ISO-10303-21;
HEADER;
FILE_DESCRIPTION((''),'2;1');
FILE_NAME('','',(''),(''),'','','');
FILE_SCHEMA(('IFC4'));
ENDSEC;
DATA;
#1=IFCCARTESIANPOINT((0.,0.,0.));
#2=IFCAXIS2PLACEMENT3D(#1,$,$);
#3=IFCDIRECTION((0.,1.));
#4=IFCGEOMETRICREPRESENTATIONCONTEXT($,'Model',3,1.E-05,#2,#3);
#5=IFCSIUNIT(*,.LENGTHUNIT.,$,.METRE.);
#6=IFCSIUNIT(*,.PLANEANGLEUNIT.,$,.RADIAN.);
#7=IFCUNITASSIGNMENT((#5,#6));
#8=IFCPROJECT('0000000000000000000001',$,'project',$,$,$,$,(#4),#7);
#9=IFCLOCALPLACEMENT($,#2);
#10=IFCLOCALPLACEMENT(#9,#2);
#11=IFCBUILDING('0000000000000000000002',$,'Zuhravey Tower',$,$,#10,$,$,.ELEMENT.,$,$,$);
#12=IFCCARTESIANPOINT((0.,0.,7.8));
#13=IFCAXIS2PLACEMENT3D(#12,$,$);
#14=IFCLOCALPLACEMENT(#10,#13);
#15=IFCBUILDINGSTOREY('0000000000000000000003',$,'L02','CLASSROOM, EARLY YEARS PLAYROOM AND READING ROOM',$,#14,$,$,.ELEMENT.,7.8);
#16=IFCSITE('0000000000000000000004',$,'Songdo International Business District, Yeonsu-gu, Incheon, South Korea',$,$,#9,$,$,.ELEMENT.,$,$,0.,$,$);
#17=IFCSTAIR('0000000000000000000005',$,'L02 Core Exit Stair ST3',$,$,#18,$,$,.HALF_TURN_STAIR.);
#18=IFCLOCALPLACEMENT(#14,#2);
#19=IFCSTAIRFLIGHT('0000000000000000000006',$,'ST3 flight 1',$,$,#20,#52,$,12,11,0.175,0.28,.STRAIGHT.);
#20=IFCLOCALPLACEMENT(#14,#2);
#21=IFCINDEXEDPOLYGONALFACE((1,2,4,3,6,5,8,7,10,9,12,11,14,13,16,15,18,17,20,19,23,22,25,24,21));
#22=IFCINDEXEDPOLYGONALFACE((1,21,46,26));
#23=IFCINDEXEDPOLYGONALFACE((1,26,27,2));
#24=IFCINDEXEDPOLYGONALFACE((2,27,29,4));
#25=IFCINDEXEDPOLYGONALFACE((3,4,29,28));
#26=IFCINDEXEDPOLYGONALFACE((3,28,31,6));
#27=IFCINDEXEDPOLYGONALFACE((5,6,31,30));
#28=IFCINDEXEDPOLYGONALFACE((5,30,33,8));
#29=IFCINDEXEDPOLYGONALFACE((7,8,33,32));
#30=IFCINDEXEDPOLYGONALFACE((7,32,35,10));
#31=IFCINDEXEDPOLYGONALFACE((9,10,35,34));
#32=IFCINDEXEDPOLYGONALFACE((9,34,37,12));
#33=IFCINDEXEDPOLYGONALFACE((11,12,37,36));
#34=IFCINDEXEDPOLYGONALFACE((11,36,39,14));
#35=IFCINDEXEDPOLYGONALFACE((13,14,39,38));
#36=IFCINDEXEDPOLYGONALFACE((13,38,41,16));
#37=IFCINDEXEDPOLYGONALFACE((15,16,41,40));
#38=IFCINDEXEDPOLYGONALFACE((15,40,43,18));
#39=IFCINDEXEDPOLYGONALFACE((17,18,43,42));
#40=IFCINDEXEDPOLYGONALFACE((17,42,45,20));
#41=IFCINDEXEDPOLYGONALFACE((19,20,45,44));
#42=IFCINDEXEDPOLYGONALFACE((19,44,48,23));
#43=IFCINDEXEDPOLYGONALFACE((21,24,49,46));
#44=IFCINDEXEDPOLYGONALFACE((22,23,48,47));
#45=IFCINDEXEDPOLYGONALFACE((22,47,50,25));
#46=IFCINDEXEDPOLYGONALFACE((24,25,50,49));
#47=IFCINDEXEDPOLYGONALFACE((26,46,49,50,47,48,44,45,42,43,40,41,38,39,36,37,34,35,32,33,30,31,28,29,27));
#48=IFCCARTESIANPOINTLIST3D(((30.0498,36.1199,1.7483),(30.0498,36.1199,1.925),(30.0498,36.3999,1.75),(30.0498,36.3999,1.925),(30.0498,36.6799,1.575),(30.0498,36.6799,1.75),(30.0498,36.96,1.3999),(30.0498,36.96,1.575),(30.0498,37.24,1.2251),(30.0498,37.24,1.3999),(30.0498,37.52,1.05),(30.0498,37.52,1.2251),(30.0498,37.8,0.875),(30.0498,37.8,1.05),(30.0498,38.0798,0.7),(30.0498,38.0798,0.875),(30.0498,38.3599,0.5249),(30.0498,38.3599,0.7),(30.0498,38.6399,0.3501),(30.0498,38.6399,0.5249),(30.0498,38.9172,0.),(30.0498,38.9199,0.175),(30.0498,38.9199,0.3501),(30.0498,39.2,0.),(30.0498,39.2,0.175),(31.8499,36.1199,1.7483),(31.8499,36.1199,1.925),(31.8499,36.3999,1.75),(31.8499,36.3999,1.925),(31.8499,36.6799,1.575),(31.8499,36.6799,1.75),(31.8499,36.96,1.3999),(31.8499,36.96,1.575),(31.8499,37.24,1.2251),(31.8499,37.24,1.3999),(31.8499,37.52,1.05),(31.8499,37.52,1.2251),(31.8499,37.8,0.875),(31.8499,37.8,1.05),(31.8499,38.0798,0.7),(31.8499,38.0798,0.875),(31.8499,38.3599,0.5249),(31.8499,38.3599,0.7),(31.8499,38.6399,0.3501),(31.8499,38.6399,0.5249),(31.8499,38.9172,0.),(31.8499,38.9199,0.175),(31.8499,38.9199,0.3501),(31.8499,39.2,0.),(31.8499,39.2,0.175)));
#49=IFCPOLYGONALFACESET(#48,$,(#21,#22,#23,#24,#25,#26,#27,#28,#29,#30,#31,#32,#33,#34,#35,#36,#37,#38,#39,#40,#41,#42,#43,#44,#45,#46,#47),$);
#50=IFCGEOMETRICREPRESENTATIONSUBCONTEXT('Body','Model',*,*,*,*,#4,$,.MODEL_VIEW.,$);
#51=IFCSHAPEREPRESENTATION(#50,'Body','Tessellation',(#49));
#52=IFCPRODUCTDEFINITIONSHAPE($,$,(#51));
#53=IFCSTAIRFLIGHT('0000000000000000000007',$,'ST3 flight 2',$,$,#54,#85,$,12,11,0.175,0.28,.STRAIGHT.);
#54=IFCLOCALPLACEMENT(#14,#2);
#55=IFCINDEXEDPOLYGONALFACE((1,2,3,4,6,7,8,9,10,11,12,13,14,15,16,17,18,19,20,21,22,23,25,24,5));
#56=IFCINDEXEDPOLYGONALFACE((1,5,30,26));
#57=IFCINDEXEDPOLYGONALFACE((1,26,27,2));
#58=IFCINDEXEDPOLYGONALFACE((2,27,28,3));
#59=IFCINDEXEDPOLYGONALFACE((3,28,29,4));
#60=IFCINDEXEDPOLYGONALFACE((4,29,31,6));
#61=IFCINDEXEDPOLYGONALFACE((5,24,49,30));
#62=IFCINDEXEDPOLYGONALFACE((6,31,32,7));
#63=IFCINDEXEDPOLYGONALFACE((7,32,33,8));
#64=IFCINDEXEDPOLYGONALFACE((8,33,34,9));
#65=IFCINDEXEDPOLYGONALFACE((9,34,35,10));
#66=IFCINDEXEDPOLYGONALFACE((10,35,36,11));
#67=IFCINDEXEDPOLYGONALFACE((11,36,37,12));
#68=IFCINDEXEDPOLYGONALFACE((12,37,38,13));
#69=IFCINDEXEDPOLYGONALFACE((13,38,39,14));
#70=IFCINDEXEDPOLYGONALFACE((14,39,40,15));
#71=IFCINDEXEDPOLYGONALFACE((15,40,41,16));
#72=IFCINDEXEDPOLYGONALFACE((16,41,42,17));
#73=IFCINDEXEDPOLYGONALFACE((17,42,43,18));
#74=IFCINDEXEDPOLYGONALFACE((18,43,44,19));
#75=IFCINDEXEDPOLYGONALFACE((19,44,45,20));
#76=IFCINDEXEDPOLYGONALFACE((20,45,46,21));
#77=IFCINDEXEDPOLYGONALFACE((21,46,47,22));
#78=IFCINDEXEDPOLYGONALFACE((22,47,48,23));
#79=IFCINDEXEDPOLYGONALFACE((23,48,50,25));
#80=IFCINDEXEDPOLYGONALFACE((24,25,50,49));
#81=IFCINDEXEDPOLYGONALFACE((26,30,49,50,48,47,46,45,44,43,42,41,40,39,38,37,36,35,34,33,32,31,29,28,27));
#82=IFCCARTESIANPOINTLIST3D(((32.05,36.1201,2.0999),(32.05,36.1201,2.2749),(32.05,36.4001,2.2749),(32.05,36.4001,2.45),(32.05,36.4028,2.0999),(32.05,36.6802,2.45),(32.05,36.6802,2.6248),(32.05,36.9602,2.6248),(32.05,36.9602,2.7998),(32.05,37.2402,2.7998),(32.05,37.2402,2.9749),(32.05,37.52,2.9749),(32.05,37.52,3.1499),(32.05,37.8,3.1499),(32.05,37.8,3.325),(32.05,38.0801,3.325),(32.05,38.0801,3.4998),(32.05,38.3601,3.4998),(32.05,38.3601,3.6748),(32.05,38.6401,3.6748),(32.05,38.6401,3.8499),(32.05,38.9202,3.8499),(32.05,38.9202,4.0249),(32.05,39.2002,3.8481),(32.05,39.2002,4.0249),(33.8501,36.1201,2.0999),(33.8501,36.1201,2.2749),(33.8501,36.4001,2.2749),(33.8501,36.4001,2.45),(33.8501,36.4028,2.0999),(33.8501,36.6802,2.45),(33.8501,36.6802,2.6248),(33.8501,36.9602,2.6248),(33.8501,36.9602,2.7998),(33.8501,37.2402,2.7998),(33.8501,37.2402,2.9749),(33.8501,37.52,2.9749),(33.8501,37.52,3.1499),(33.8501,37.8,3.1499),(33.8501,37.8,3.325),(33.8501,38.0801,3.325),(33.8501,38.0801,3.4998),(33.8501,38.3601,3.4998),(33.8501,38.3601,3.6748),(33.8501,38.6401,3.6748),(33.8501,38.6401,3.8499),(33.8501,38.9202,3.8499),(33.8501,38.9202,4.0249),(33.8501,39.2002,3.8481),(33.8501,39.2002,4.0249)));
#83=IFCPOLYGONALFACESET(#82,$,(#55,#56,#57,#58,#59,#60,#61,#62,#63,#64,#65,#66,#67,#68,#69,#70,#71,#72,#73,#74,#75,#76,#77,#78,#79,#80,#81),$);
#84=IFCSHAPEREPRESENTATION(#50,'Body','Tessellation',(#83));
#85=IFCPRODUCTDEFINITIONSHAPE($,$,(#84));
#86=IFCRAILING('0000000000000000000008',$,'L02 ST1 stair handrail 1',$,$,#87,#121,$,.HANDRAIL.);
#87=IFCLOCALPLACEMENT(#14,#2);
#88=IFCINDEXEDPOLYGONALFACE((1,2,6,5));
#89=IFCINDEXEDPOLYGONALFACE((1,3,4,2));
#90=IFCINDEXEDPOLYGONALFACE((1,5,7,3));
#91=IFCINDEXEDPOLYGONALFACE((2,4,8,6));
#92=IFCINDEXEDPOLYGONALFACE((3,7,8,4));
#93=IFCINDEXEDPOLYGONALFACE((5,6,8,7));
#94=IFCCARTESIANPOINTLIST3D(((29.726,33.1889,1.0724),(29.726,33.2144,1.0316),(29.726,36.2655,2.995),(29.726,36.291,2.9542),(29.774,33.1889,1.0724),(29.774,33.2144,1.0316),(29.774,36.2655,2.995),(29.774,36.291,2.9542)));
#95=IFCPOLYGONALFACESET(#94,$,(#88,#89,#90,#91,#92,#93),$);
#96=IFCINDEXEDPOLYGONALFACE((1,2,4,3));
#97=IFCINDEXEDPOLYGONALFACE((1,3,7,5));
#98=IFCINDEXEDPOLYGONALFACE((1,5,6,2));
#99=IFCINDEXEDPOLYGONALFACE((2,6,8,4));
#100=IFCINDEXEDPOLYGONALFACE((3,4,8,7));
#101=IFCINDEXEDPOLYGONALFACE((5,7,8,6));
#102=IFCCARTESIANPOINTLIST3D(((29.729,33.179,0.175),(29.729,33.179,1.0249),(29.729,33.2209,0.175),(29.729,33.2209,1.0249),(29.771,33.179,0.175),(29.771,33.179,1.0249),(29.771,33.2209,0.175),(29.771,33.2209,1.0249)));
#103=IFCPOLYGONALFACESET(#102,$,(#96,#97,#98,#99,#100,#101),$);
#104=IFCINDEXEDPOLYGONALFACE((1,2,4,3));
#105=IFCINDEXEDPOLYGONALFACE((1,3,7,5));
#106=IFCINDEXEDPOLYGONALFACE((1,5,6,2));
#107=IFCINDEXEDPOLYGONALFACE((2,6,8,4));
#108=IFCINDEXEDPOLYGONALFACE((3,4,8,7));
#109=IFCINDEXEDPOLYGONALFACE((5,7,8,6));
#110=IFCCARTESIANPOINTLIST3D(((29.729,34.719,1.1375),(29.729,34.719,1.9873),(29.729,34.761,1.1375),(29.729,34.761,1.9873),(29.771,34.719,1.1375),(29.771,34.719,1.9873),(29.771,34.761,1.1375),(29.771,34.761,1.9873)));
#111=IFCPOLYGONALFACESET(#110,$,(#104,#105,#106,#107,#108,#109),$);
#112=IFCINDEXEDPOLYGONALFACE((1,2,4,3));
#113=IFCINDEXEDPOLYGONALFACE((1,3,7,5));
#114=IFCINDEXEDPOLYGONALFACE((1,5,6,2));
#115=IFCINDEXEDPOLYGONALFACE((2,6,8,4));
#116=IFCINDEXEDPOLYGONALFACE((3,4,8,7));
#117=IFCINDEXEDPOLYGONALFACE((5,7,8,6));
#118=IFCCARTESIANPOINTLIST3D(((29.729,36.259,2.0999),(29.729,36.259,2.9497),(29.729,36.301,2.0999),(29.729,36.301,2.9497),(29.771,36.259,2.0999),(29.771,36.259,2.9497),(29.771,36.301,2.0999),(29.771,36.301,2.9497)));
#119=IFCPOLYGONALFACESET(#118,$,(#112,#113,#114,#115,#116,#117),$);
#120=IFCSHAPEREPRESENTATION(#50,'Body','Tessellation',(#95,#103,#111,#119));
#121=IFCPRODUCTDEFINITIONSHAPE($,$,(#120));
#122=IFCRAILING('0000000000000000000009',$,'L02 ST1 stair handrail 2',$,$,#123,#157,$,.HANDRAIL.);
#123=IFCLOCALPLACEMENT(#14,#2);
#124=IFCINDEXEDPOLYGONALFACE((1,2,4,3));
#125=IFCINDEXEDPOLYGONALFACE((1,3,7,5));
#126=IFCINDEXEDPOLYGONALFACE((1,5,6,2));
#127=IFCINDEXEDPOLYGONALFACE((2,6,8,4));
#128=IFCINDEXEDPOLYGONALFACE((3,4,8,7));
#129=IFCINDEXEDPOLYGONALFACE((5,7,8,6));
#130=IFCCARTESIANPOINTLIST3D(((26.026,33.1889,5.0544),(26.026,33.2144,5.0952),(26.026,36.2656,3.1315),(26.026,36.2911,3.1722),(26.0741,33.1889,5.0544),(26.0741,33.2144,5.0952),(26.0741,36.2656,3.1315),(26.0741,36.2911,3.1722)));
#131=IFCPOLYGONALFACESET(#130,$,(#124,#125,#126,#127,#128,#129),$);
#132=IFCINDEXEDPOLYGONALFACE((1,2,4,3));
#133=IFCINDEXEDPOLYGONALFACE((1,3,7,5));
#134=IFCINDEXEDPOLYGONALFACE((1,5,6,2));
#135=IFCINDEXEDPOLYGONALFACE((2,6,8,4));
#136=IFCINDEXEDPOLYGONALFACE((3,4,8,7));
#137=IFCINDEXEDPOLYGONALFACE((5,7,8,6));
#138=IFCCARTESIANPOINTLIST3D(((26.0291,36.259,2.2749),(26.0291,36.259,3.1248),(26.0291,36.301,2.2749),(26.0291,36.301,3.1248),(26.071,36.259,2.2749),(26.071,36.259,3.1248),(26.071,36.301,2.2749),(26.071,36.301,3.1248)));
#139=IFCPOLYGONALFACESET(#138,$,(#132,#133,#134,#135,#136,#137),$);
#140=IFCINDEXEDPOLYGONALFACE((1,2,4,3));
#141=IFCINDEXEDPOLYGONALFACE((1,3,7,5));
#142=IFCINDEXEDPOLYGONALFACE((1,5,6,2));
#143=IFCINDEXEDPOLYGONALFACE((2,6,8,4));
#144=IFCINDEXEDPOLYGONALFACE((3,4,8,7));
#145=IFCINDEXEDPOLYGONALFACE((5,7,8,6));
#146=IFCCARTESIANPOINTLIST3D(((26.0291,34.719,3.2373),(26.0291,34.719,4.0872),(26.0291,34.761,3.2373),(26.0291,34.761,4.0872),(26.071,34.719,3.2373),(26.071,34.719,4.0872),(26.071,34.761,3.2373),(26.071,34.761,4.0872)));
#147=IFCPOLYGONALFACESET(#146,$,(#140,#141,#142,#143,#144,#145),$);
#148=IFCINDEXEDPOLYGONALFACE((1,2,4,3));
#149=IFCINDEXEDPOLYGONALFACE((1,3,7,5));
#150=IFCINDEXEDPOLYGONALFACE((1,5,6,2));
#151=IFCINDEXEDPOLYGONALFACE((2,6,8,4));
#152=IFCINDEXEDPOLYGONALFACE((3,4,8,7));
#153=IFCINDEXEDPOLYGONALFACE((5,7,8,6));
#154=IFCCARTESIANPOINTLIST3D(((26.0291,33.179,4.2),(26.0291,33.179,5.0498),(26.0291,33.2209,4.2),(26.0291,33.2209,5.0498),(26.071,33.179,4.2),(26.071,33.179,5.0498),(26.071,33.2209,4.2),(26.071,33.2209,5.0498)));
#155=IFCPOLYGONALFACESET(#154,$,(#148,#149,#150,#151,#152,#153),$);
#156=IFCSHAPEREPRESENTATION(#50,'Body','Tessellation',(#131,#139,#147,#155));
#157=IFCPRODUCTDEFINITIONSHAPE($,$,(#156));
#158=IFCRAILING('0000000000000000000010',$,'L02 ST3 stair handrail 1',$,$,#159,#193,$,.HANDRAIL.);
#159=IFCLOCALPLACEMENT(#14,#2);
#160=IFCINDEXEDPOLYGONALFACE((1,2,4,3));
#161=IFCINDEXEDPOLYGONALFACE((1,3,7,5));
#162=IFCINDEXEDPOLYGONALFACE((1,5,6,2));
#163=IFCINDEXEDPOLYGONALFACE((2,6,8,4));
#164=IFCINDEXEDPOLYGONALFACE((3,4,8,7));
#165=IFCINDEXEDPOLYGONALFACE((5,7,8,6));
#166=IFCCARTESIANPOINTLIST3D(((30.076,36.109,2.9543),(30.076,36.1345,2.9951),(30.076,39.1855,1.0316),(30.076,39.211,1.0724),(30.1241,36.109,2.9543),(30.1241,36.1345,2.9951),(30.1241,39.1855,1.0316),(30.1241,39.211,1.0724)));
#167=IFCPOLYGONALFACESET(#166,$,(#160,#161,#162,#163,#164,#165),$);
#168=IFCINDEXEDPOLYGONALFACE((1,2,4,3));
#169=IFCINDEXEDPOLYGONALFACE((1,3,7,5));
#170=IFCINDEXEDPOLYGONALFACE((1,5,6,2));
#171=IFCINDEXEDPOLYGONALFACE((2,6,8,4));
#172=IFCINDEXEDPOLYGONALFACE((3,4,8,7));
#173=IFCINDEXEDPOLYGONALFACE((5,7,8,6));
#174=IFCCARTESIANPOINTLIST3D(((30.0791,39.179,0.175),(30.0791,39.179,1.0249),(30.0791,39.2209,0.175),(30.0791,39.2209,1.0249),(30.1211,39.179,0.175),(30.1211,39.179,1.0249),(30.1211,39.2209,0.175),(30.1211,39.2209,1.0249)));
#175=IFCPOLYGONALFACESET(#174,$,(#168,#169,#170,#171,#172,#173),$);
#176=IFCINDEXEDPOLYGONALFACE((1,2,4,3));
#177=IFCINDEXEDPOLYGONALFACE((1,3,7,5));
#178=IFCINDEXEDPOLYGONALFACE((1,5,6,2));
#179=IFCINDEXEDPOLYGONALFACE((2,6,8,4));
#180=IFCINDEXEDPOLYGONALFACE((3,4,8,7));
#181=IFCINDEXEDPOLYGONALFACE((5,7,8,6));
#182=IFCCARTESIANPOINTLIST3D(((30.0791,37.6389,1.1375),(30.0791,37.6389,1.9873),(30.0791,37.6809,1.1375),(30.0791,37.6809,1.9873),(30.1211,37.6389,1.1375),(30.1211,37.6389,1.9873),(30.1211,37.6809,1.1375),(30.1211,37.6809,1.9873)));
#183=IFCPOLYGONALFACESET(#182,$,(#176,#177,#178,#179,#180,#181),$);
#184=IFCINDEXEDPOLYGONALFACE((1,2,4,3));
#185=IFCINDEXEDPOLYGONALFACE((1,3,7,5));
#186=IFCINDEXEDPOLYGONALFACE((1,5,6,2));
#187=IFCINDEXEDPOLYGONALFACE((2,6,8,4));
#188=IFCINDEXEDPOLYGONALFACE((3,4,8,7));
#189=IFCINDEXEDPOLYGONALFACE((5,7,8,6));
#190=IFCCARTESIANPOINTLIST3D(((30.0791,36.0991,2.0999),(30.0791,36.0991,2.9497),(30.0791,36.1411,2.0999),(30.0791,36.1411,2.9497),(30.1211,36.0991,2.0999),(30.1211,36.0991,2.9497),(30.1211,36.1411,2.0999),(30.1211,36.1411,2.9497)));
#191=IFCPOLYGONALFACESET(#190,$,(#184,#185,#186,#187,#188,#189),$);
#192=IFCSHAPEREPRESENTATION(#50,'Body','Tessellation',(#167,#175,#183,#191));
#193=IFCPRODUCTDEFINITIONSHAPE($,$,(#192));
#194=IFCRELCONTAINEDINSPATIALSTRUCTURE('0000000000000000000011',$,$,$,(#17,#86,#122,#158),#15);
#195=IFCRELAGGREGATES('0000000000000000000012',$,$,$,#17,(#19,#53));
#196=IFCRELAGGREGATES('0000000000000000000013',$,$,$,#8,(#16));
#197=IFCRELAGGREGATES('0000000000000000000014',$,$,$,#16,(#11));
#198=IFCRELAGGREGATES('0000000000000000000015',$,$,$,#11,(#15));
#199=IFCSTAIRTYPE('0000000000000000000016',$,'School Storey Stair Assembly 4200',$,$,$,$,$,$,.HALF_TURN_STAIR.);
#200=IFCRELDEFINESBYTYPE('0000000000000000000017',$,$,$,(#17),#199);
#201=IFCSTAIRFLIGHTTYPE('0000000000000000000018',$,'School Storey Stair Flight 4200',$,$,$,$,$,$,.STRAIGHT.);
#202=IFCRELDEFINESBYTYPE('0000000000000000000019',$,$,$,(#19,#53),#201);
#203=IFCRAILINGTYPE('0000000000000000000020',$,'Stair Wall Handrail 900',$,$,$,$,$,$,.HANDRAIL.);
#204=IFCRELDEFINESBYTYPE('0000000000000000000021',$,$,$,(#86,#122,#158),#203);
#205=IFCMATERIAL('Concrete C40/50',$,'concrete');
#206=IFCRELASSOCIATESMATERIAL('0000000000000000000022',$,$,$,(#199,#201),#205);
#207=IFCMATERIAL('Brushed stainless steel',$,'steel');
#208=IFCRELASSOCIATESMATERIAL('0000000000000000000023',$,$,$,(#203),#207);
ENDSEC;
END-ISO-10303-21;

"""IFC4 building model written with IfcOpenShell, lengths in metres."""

from ifc_helpers import new_model, si_unit, direction, frame, origin, origin_2d, place, context, subcontext, project, spatial, polyline, rectangle, outline, extrude, material, type_object, element, aggregate, save


model = new_model("IFC4")

# Units and contexts
model_context = context("Model", 3, precision=1e-05, world=origin(), true_north=direction((0.0, 1.0)))
body_context = subcontext(model_context, "Body", "Model", "MODEL_VIEW")
ifc_project = project(units=[si_unit("LENGTHUNIT", "METRE"), si_unit("PLANEANGLEUNIT", "RADIAN")], contexts=[model_context])

# Site, building, storey
site_placement = place(None, origin())
site = spatial("IfcSite", under=ifc_project, at=site_placement, Name="Songdo International Business District, Yeonsu-gu, Incheon, South Korea", CompositionType="ELEMENT", RefElevation=0.0)
building_placement = place(site_placement, origin())
building = spatial("IfcBuilding", under=site, at=building_placement, Name="Zuhravey Tower", CompositionType="ELEMENT")
storey_placement = place(building_placement, frame((0.0, 0.0, 7.8)))
storey = spatial("IfcBuildingStorey", under=building, at=storey_placement, Name="L02", Description="CLASSROOM, EARLY YEARS PLAYROOM AND READING ROOM", CompositionType="ELEMENT", Elevation=7.8)

# Stair, stair flights
ifc_material_1 = material(Name="Concrete C40/50", Category="concrete")
stair_type = type_object("IfcStairType", Name="School Storey Stair Assembly 4200", PredefinedType="HALF_TURN_STAIR", material=ifc_material_1)
stair_flight_type = type_object("IfcStairFlightType", Name="School Storey Stair Flight 4200", PredefinedType="STRAIGHT", material=ifc_material_1)
stair_1_placement = place(storey_placement, origin())
stair_1 = element("IfcStair", 1, at=stair_1_placement, inside=storey, type_object=stair_type, Name="L02 Core Exit Stair ST3", PredefinedType="HALF_TURN_STAIR")
stair_flight_1_placement = place(storey_placement, frame((30.95, 39.2, 0.0), z_axis=(0.0, 0.0, 1.0), x_axis=(0.0, -1.0, 0.0)))
stair_flight_1 = element("IfcStairFlight", 2, at=stair_flight_1_placement, type_object=stair_flight_type, Name="ST3 flight 1", NumberOfRisers=12, NumberOfTreads=11, PredefinedType="STRAIGHT", RiserHeight=0.175, TreadLength=0.28, context=body_context, shape_type="SweptSolid", body=[
    extrude(outline(polyline([(0.0, 0.0), (0.0, 0.175), (0.28, 0.175), (0.28, 0.3501), (0.5601, 0.3501), (0.5601, 0.5249), (0.8401, 0.5249), (0.8401, 0.7), (1.1201, 0.7), (1.1201, 0.875), (1.3999, 0.875), (1.3999, 1.05), (1.6799, 1.05), (1.6799, 1.2251), (1.96, 1.2251), (1.96, 1.3999), (2.24, 1.3999), (2.24, 1.575), (2.52, 1.575), (2.52, 1.75), (2.8, 1.75), (2.8, 1.925), (3.0801, 1.925), (3.0801, 2.1001), (3.0801, 1.7483), (0.2827, 0.0), (0.0, 0.0)])), frame((0.0, 0.8999, 0.0), z_axis=(0.0, -1.0, 0.0), x_axis=(1.0, 0.0, 0.0)), (0.0, 0.0, 1.0), 1.8),
])
stair_flight_2_placement = place(storey_placement, frame((32.95, 36.1201, 2.0999), z_axis=(0.0, 0.0, 1.0), x_axis=(0.0, 1.0, 0.0)))
stair_flight_2 = element("IfcStairFlight", 3, at=stair_flight_2_placement, type_object=stair_flight_type, Name="ST3 flight 2", NumberOfRisers=12, NumberOfTreads=11, PredefinedType="STRAIGHT", RiserHeight=0.175, TreadLength=0.28, context=body_context, shape_type="SweptSolid", body=[
    extrude(outline(polyline([(0.0, 0.0), (0.0, 0.175), (0.28, 0.175), (0.28, 0.3501), (0.5601, 0.3501), (0.5601, 0.5249), (0.8401, 0.5249), (0.8401, 0.7), (1.1201, 0.7), (1.1201, 0.875), (1.3999, 0.875), (1.3999, 1.05), (1.6799, 1.05), (1.6799, 1.2251), (1.96, 1.2251), (1.96, 1.3999), (2.24, 1.3999), (2.24, 1.575), (2.52, 1.575), (2.52, 1.75), (2.8, 1.75), (2.8, 1.925), (3.0801, 1.925), (3.0801, 2.1001), (3.0801, 1.7483), (0.2827, 0.0), (0.0, 0.0)])), frame((0.0, 0.8999, 0.0), z_axis=(0.0, -1.0, 0.0), x_axis=(1.0, 0.0, 0.0)), (0.0, 0.0, 1.0), 1.8),
])
aggregate(stair_1, [stair_flight_1, stair_flight_2])

# Railings
ifc_material_2 = material(Name="Brushed stainless steel", Category="steel")
railing_type_1 = type_object("IfcRailingType", Name="Stair Wall Handrail 900", PredefinedType="HANDRAIL", material=ifc_material_2)
railing_1_placement = place(storey_placement, frame((29.75, 33.2, 0.175)))
element("IfcRailing", 4, at=railing_1_placement, inside=storey, type_object=railing_type_1, Name="L02 ST1 stair handrail 1", PredefinedType="HANDRAIL", context=body_context, shape_type="SweptSolid", body=[
    extrude(rectangle(XDim=0.0481, YDim=0.0481, at=origin_2d()), frame((0.0, 0.0017, 0.877), z_axis=(0.0, 0.848029, 0.529951), x_axis=(-1.0, 0.0, 0.0)), (0.0, 0.0, 1.0), 3.6279),
    extrude(rectangle(XDim=0.042, YDim=0.042, at=origin_2d()), origin(), (0.0, 0.0, 1.0), 0.8499),
    extrude(rectangle(XDim=0.042, YDim=0.042, at=origin_2d()), frame((0.0, 1.54, 0.9624)), (0.0, 0.0, 1.0), 0.8499),
    extrude(rectangle(XDim=0.042, YDim=0.042, at=origin_2d()), frame((0.0, 3.0801, 1.9248)), (0.0, 0.0, 1.0), 0.8499),
])
railing_2_placement = place(storey_placement, frame((26.05, 36.28, 2.2749)))
element("IfcRailing", 5, at=railing_2_placement, inside=storey, type_object=railing_type_1, Name="L02 ST1 stair handrail 2", PredefinedType="HANDRAIL", context=body_context, shape_type="SweptSolid", body=[
    extrude(rectangle(XDim=0.0481, YDim=0.0481, at=origin_2d()), frame((0.0, -0.0017, 0.877), z_axis=(0.0, -0.847998, 0.529999), x_axis=(1.0, 0.0, 0.0)), (0.0, 0.0, 1.0), 3.6282),
    extrude(rectangle(XDim=0.042, YDim=0.042, at=origin_2d()), origin(), (0.0, 0.0, 1.0), 0.8499),
    extrude(rectangle(XDim=0.042, YDim=0.042, at=origin_2d()), frame((0.0, -1.54, 0.9624)), (0.0, 0.0, 1.0), 0.8499),
    extrude(rectangle(XDim=0.042, YDim=0.042, at=origin_2d()), frame((0.0, -3.0801, 1.925)), (0.0, 0.0, 1.0), 0.8499),
])
railing_3_placement = place(storey_placement, frame((30.1001, 39.2, 0.175)))
element("IfcRailing", 6, at=railing_3_placement, inside=storey, type_object=railing_type_1, Name="L02 ST3 stair handrail 1", PredefinedType="HANDRAIL", context=body_context, shape_type="SweptSolid", body=[
    extrude(rectangle(XDim=0.0481, YDim=0.0481, at=origin_2d()), frame((0.0, -0.0017, 0.877), z_axis=(0.0, -0.84801, 0.529981), x_axis=(1.0, 0.0, 0.0)), (0.0, 0.0, 1.0), 3.6279),
    extrude(rectangle(XDim=0.042, YDim=0.042, at=origin_2d()), origin(), (0.0, 0.0, 1.0), 0.8499),
    extrude(rectangle(XDim=0.042, YDim=0.042, at=origin_2d()), frame((0.0, -1.54, 0.9624)), (0.0, 0.0, 1.0), 0.8499),
    extrude(rectangle(XDim=0.042, YDim=0.042, at=origin_2d()), frame((0.0, -3.0798, 1.9248)), (0.0, 0.0, 1.0), 0.8499),
])

save(model, "model.ifc")
